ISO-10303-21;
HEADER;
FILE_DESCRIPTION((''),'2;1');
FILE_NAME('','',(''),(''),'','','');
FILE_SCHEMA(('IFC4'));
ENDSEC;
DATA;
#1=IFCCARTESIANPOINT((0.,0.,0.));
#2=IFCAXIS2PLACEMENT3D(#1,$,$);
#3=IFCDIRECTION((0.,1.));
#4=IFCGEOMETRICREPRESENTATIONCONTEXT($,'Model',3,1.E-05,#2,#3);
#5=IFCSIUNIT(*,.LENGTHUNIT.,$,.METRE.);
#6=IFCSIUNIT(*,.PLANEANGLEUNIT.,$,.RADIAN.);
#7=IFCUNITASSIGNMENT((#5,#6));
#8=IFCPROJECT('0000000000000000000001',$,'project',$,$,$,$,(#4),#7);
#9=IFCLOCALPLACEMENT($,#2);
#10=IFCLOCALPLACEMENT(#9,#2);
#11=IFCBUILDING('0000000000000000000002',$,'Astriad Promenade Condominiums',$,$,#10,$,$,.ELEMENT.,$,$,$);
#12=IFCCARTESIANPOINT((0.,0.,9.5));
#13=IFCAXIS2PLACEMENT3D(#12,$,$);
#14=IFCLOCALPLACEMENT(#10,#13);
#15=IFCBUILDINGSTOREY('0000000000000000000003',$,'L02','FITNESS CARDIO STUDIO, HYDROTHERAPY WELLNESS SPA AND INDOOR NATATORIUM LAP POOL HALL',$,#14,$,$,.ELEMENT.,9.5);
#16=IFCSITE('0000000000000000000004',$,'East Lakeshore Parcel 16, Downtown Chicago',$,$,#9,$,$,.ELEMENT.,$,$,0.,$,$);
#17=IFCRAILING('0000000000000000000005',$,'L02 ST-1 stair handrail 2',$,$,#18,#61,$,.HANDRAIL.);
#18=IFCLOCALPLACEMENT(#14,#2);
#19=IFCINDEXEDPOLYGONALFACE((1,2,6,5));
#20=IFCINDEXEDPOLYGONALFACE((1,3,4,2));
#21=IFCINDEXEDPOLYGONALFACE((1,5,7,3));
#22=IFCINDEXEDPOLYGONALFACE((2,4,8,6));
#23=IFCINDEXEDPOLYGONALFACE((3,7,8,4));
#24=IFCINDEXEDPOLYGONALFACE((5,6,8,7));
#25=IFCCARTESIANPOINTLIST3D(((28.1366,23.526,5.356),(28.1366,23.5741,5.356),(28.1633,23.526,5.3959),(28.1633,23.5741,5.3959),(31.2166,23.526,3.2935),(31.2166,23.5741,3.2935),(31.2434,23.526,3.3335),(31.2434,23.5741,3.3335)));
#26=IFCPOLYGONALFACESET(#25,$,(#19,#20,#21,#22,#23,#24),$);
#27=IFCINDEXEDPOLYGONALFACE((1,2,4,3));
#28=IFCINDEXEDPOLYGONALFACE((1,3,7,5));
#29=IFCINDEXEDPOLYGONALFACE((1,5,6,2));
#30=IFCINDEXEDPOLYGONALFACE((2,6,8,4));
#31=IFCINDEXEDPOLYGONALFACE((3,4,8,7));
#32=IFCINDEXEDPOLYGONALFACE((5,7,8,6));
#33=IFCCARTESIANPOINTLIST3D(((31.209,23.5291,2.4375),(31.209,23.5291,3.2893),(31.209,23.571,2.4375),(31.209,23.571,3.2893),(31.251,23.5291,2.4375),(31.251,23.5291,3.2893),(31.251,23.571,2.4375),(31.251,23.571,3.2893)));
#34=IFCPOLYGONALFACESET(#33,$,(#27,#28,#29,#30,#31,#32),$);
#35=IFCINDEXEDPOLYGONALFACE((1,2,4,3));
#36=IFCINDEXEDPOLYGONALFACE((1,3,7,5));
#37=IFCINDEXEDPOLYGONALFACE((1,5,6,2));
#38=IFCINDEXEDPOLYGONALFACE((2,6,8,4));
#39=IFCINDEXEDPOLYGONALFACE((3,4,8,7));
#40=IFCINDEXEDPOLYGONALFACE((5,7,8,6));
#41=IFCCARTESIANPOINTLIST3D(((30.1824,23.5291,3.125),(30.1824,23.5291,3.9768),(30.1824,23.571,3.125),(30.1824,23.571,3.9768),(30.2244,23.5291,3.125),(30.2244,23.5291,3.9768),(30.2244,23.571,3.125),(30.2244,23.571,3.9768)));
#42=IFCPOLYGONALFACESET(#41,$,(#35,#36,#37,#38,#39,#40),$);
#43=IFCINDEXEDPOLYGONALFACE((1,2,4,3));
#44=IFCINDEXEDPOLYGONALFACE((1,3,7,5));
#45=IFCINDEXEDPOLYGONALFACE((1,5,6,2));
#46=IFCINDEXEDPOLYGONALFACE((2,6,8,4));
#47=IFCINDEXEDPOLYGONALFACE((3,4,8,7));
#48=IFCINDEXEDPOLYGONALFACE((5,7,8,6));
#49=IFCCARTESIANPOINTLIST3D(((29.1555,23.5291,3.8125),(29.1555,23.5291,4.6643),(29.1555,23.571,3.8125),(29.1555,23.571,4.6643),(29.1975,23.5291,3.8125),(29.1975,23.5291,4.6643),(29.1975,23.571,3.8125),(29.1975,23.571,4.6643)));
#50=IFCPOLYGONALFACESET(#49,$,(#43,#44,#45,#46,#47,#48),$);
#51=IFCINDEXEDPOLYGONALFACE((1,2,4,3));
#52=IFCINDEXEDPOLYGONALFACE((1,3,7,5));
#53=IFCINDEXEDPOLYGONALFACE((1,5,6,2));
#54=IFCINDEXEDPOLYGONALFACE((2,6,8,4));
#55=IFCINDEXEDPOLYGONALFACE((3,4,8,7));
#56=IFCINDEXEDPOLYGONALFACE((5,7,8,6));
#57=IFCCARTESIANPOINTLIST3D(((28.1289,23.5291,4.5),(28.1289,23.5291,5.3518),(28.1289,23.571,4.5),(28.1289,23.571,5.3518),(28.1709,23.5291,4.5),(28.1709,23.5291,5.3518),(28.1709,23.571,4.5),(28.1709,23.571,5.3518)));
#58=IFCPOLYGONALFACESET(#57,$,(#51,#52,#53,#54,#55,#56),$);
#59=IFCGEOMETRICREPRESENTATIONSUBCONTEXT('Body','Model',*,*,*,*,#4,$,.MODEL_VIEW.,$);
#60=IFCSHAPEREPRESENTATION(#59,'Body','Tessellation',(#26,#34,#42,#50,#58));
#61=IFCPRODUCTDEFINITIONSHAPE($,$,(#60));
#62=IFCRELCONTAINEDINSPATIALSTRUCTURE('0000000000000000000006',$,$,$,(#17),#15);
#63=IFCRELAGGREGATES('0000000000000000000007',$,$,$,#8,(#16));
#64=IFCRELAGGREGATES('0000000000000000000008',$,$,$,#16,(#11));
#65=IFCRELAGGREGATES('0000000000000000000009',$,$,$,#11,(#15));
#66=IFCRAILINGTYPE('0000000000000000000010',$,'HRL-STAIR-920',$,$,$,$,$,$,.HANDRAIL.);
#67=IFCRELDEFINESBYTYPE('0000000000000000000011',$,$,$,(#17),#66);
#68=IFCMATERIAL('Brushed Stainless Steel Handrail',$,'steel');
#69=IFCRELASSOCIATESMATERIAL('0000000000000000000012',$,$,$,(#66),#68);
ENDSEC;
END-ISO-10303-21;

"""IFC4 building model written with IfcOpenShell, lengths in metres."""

from ifc_helpers import new_model, si_unit, direction, frame, origin, origin_2d, place, context, subcontext, project, spatial, rectangle, extrude, source, transform, mapped, material, type_object, element, save


model = new_model("IFC4")

# Units and contexts
model_context = context("Model", 3, precision=1e-05, world=origin(), true_north=direction((0.0, 1.0)))
body_context = subcontext(model_context, "Body", "Model", "MODEL_VIEW")
ifc_project = project(units=[si_unit("LENGTHUNIT", "METRE"), si_unit("PLANEANGLEUNIT", "RADIAN")], contexts=[model_context])

# Site, building, storey
site_placement = place(None, origin())
site = spatial("IfcSite", under=ifc_project, at=site_placement, Name="East Lakeshore Parcel 16, Downtown Chicago", CompositionType="ELEMENT", RefElevation=0.0)
building_placement = place(site_placement, origin())
building = spatial("IfcBuilding", under=site, at=building_placement, Name="Astriad Promenade Condominiums", CompositionType="ELEMENT")
storey_placement = place(building_placement, frame((0.0, 0.0, 9.5)))
storey = spatial("IfcBuildingStorey", under=building, at=storey_placement, Name="L02", Description="FITNESS CARDIO STUDIO, HYDROTHERAPY WELLNESS SPA AND INDOOR NATATORIUM LAP POOL HALL", CompositionType="ELEMENT", Elevation=9.5)

# Railing
ifc_material_1 = material(Name="Brushed Stainless Steel Handrail", Category="steel")
railing_type_1 = type_object("IfcRailingType", Name="HRL-STAIR-920", PredefinedType="HANDRAIL", material=ifc_material_1)
shared_shape_1 = source(origin(), body_context, "Body", "SweptSolid", [
    extrude(rectangle(XDim=0.0481, YDim=0.0481, at=origin_2d()), frame((0.0, 0.0, 0.876), z_axis=(-0.830914, 0.0, 0.556401), x_axis=(0.0, -1.0, 0.0)), (0.0, 0.0, 1.0), 3.7068),
    extrude(rectangle(XDim=0.042, YDim=0.042, at=origin_2d()), origin(), (0.0, 0.0, 1.0), 0.8518),
    extrude(rectangle(XDim=0.042, YDim=0.042, at=origin_2d()), frame((-1.0266, 0.0, 0.6875)), (0.0, 0.0, 1.0), 0.8518),
    extrude(rectangle(XDim=0.042, YDim=0.042, at=origin_2d()), frame((-2.0535, 0.0, 1.375)), (0.0, 0.0, 1.0), 0.8518),
    extrude(rectangle(XDim=0.042, YDim=0.042, at=origin_2d()), frame((-3.0801, 0.0, 2.0625)), (0.0, 0.0, 1.0), 0.8518),
])
railing_1_placement = place(storey_placement, frame((31.23, 23.55, 2.4375)))
element("IfcRailing", 1, at=railing_1_placement, inside=storey, type_object=railing_type_1, Name="L02 ST-1 stair handrail 2", PredefinedType="HANDRAIL", context=body_context, shape_type="MappedRepresentation", body=[
    mapped(shared_shape_1, transform((0.0, 0.0, 0.0), scale=1.0)),
])

save(model, "model.ifc")
